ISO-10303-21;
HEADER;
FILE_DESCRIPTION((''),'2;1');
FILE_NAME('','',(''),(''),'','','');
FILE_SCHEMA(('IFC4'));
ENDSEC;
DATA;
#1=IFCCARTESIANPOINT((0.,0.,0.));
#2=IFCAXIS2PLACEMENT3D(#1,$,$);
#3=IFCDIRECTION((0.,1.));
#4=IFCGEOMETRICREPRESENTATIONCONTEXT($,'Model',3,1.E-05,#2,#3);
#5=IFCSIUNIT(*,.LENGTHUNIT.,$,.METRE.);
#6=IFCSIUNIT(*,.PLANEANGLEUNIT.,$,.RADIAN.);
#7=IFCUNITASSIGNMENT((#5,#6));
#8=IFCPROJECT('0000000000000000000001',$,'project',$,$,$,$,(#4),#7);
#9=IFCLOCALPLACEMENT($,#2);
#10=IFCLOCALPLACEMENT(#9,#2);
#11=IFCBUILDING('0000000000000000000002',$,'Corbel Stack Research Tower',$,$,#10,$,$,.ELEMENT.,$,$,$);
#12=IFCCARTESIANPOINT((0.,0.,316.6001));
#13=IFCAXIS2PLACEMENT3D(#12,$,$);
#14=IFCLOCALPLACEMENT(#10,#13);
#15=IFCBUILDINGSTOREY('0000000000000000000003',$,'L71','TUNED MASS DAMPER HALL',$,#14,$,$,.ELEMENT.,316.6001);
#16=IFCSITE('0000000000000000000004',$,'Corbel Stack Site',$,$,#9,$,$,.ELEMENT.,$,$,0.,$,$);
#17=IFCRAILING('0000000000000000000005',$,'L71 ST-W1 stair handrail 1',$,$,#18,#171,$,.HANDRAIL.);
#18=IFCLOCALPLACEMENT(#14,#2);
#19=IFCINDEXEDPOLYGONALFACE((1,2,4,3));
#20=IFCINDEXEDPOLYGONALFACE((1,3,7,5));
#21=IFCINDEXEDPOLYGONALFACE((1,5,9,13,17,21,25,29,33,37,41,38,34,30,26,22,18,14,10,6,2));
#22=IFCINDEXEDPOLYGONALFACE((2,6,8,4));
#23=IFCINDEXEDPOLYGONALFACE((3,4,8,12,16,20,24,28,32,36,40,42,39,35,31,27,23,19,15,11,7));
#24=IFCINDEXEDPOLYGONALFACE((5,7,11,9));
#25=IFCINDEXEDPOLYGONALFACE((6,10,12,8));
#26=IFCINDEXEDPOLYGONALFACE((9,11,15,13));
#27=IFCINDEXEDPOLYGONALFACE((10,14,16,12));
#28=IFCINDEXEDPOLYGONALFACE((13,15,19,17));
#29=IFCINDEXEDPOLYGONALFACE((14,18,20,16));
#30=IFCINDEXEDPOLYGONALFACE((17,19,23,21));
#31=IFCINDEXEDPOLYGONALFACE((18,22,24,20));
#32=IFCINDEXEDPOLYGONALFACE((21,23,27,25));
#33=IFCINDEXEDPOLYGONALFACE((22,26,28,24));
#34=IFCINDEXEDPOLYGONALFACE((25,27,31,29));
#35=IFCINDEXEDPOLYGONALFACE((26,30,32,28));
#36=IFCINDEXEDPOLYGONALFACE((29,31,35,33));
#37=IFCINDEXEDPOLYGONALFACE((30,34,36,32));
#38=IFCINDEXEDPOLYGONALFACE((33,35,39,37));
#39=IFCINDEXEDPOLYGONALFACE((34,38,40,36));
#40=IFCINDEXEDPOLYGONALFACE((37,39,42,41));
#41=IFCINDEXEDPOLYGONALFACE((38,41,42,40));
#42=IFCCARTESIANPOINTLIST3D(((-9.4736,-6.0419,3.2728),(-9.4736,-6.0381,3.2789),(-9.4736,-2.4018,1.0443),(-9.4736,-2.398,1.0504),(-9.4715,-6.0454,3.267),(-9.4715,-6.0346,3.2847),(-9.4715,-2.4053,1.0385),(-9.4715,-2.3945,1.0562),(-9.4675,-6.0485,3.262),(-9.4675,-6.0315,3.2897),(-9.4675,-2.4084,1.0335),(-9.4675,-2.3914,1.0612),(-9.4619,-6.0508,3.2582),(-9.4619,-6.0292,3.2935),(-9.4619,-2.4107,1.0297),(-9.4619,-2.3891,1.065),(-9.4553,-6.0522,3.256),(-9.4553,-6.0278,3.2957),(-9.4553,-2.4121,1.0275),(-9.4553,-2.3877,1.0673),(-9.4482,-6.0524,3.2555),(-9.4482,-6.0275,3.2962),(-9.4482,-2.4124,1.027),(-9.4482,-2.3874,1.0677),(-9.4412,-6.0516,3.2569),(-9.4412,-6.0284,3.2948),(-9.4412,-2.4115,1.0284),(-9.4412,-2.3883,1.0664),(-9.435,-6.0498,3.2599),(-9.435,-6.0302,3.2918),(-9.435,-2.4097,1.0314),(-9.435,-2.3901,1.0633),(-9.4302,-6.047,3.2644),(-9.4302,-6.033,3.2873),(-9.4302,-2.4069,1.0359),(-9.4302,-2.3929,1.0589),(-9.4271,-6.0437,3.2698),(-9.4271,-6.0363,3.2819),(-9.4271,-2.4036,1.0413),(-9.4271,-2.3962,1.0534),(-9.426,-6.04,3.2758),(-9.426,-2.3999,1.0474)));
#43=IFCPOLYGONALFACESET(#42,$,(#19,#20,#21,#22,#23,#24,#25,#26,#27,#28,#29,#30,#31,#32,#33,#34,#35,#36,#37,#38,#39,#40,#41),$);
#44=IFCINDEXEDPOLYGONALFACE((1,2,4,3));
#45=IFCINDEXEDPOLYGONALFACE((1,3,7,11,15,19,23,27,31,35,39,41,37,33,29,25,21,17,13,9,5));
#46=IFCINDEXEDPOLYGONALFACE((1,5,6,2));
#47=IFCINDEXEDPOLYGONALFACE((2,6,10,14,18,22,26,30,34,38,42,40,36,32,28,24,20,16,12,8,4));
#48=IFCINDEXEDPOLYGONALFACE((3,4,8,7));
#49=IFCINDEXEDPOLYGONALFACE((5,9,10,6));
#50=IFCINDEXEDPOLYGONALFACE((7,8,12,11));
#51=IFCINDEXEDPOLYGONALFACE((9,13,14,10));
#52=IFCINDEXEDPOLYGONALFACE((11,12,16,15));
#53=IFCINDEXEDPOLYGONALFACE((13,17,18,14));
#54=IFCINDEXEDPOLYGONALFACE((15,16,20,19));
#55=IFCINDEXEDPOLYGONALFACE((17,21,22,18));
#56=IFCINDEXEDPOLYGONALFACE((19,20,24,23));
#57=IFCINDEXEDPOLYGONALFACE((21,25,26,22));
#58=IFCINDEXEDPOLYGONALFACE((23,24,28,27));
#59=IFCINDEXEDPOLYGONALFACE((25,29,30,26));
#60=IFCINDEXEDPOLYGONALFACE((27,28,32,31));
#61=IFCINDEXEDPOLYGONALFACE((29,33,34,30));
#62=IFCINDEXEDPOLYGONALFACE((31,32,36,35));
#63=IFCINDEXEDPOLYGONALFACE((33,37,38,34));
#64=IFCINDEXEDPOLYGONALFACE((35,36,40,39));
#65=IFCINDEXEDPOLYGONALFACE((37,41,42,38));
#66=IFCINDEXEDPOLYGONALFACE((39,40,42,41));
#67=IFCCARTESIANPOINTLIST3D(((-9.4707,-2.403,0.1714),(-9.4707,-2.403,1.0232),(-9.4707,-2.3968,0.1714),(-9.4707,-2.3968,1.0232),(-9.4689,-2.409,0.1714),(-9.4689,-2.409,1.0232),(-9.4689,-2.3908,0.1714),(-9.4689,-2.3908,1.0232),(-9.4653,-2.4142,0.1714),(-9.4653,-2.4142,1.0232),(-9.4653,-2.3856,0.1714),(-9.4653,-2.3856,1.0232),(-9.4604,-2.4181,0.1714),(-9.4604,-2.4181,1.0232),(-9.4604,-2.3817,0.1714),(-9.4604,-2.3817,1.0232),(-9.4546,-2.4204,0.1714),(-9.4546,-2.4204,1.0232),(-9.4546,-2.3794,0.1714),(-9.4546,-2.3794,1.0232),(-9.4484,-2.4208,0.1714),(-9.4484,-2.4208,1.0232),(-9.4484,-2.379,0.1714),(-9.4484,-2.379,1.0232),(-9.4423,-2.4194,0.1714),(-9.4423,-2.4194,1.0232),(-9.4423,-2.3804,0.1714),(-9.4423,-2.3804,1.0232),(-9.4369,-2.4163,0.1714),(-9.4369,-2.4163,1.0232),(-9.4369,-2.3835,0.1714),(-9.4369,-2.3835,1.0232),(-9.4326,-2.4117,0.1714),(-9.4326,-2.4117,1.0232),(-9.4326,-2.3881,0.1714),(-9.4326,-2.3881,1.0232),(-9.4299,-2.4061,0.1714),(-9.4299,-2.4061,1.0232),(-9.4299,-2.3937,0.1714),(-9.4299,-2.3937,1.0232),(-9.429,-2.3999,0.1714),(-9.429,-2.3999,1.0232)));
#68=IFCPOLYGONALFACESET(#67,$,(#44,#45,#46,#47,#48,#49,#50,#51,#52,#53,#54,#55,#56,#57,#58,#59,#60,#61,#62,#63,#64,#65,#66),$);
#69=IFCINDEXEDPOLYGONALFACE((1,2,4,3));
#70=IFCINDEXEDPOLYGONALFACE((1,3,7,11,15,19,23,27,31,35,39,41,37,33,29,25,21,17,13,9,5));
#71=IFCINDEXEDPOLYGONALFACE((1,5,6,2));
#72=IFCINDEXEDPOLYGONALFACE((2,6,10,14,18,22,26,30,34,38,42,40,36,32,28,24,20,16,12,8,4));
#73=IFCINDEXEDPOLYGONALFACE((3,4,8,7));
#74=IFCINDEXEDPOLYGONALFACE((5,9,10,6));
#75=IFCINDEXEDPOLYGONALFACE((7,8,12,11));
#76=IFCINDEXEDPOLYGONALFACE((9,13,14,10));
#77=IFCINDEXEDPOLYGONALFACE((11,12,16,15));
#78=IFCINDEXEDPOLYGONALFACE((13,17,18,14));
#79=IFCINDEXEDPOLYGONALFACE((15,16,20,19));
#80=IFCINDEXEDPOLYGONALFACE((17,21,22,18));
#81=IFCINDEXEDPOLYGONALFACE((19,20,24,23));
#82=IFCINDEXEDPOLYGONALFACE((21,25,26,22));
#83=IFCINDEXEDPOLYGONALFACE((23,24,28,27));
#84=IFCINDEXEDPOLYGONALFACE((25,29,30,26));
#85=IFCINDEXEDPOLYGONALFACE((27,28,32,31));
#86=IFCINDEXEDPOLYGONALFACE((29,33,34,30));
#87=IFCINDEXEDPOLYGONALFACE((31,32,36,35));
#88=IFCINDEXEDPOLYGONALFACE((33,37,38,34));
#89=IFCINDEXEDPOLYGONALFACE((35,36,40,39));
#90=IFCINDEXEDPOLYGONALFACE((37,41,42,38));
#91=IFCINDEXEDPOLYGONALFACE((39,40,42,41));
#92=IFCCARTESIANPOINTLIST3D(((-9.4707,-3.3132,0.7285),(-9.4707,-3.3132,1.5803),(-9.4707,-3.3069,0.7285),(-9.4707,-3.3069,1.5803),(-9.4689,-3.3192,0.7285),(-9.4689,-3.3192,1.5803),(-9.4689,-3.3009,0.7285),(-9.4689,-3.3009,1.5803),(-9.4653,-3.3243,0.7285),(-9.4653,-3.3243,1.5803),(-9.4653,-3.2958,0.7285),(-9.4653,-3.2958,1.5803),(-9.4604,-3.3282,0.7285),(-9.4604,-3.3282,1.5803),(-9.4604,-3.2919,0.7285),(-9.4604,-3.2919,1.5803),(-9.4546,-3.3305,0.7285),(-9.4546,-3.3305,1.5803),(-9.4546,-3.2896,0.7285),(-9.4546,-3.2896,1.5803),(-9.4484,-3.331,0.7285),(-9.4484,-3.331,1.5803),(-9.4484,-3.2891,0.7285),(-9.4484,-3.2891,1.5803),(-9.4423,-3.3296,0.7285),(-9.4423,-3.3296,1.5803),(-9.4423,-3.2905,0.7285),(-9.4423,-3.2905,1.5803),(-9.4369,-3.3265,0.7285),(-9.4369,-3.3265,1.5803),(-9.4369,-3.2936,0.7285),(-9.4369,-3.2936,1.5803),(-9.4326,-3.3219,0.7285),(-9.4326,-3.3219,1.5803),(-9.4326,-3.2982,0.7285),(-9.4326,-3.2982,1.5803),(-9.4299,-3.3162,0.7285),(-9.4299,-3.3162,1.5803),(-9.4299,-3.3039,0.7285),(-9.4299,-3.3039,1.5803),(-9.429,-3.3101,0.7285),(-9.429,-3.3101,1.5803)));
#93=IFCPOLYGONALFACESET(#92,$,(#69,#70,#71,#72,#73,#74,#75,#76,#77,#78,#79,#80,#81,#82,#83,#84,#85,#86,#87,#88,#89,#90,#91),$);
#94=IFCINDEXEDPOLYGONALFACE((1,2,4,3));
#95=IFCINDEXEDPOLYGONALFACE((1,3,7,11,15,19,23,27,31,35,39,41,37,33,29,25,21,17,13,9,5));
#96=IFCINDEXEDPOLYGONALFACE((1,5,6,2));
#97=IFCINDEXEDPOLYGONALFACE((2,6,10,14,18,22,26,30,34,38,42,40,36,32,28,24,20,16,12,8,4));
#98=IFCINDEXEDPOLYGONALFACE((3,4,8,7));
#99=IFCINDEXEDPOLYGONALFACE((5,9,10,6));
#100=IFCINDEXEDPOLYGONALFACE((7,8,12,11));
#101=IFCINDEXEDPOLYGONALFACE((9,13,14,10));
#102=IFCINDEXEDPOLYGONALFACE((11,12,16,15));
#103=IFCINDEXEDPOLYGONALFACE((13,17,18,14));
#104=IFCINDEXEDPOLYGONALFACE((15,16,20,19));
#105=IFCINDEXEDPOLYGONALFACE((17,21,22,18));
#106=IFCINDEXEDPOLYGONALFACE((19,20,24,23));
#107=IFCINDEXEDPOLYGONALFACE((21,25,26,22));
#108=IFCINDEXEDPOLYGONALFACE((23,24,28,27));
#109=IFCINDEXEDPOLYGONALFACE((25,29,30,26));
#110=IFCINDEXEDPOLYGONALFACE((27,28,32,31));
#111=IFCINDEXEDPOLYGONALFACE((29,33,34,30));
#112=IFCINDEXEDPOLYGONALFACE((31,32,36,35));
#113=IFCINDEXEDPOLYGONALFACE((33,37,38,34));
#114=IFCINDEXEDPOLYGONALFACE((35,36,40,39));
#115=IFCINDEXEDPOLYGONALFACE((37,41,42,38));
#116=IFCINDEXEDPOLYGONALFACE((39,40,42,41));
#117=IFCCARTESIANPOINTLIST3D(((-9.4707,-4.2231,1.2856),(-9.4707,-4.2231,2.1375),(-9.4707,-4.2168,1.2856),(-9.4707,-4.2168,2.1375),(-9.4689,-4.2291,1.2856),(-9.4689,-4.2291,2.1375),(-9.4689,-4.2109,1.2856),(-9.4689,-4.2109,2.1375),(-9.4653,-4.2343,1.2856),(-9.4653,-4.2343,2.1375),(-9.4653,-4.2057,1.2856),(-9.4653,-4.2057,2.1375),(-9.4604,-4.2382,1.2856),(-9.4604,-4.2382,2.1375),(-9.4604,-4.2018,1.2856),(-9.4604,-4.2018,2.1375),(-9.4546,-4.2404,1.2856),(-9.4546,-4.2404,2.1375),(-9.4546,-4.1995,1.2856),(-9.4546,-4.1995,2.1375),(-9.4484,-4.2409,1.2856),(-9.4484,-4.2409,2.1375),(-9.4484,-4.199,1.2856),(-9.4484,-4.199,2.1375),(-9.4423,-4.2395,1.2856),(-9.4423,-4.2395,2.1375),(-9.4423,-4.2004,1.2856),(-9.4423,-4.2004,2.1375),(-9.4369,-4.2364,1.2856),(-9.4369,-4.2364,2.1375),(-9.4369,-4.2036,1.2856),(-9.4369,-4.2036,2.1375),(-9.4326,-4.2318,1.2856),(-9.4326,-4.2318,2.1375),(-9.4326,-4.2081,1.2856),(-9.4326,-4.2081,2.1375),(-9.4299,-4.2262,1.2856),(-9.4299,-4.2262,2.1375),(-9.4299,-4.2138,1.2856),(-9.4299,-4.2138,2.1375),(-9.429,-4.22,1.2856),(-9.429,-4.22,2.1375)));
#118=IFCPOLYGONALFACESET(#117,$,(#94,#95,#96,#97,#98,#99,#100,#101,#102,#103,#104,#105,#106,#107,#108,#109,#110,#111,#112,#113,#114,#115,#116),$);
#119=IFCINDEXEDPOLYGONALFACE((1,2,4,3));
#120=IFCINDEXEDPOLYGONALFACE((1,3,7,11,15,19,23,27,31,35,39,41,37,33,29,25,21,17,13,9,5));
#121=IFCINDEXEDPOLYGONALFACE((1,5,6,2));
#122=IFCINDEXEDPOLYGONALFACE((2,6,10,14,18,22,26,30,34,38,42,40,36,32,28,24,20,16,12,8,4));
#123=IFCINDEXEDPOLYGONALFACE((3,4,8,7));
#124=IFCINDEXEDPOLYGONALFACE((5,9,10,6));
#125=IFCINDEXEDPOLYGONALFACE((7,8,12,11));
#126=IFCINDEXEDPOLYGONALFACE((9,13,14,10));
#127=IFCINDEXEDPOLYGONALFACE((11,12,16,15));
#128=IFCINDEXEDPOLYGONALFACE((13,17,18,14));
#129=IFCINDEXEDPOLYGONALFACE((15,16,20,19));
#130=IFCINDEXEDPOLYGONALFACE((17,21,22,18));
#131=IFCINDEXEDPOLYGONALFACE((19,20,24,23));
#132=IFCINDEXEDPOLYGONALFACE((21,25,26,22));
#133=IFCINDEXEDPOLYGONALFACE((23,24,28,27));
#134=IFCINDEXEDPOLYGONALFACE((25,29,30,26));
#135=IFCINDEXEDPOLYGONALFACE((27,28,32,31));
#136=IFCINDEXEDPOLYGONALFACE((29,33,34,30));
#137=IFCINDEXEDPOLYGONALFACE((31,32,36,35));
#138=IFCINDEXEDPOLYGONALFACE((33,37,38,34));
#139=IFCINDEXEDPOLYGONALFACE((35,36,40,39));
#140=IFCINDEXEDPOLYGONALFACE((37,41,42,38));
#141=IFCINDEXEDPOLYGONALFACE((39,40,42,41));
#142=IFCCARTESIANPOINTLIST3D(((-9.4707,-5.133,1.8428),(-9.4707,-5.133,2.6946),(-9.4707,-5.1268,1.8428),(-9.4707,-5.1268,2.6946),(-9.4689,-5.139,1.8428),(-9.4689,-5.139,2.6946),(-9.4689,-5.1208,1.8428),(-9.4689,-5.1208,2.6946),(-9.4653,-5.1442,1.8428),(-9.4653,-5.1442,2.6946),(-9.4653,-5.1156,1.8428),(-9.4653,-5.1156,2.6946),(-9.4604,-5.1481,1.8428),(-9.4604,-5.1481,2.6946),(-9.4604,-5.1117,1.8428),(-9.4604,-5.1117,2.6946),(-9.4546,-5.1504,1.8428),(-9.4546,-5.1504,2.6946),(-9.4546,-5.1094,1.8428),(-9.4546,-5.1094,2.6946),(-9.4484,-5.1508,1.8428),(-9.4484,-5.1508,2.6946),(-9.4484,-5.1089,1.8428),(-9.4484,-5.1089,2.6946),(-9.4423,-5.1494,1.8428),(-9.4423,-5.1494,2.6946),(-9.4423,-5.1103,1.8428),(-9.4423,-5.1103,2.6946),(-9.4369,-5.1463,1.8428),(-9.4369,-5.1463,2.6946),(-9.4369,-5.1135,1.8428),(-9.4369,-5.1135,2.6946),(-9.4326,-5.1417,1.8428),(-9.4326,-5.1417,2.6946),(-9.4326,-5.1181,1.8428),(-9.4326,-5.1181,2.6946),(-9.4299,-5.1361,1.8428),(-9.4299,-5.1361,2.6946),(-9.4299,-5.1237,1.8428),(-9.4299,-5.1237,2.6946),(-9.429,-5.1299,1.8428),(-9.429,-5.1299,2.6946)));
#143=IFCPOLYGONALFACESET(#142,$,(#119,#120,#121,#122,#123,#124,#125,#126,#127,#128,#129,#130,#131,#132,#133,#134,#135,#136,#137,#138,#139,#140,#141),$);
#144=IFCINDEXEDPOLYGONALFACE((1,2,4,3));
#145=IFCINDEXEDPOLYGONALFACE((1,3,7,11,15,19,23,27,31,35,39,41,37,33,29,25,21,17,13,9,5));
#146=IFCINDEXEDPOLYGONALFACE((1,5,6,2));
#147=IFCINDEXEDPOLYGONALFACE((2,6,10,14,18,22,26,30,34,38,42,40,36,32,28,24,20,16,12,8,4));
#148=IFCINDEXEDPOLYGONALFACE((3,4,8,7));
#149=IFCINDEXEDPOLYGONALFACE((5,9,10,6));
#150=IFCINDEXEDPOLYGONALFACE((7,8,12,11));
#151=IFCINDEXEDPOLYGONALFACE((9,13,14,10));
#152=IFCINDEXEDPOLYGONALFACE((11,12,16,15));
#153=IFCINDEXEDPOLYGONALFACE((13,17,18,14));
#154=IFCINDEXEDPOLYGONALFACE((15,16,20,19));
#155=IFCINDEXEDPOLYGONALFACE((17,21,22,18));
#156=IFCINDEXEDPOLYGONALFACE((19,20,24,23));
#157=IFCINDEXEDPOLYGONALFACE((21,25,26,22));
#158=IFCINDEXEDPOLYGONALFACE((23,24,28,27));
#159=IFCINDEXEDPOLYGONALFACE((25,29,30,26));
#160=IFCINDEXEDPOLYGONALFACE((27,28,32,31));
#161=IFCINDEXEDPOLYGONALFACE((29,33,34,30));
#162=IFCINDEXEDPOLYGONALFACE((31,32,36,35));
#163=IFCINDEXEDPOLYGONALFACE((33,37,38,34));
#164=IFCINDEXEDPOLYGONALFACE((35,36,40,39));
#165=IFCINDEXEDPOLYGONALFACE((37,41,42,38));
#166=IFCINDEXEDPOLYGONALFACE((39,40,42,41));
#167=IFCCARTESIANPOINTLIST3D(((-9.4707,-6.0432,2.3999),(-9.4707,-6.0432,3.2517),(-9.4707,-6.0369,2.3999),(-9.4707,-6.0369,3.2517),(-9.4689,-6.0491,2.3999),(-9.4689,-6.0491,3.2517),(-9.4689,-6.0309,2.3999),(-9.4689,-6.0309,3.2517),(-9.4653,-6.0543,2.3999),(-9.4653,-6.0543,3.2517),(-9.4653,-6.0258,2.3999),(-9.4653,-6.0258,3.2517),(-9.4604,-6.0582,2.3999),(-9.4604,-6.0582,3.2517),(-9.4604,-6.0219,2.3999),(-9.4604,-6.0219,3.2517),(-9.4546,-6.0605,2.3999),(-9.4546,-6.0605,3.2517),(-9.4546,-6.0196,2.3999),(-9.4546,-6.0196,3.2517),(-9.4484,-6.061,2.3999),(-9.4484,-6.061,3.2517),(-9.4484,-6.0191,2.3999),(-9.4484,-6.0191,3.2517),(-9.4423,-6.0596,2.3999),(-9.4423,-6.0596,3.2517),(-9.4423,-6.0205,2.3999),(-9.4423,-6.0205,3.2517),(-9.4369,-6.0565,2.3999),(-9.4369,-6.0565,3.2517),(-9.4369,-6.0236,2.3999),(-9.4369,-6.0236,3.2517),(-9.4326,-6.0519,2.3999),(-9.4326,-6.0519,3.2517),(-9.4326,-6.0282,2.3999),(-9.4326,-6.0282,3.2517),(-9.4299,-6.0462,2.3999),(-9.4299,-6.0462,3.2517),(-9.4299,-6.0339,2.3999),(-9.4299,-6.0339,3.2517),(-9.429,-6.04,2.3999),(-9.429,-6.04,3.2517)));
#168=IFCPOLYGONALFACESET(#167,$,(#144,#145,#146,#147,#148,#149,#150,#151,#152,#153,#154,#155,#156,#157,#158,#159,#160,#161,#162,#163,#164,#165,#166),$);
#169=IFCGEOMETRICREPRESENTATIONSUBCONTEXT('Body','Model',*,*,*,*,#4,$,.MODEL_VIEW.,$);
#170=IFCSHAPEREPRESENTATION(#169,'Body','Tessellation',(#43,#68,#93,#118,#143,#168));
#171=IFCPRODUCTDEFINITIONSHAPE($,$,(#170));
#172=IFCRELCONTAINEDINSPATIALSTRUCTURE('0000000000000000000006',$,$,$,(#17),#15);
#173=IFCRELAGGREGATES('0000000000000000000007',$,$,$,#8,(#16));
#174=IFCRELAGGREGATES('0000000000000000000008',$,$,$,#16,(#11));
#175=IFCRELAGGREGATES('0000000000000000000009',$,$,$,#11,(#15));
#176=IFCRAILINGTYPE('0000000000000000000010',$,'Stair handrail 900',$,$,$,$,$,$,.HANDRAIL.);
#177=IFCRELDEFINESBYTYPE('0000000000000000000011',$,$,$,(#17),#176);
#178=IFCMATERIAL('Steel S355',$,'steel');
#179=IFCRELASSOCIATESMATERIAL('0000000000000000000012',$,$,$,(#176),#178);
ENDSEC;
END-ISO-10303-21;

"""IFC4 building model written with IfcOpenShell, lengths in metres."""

from ifc_helpers import new_model, si_unit, direction, frame, origin, origin_2d, place, context, subcontext, project, spatial, circle, extrude, material, type_object, element, save


model = new_model("IFC4")

# Units and contexts
model_context = context("Model", 3, precision=1e-05, world=origin(), true_north=direction((0.0, 1.0)))
body_context = subcontext(model_context, "Body", "Model", "MODEL_VIEW")
ifc_project = project(units=[si_unit("LENGTHUNIT", "METRE"), si_unit("PLANEANGLEUNIT", "RADIAN")], contexts=[model_context])

# Site, building, storey
site_placement = place(None, origin())
site = spatial("IfcSite", under=ifc_project, at=site_placement, Name="Corbel Stack Site", CompositionType="ELEMENT", RefElevation=0.0)
building_placement = place(site_placement, origin())
building = spatial("IfcBuilding", under=site, at=building_placement, Name="Corbel Stack Research Tower", CompositionType="ELEMENT")
storey_placement = place(building_placement, frame((0.0, 0.0, 316.6001)))
storey = spatial("IfcBuildingStorey", under=building, at=storey_placement, Name="L71", Description="TUNED MASS DAMPER HALL", CompositionType="ELEMENT", Elevation=316.6001)

# Railing
ifc_material_1 = material(Name="Steel S355", Category="steel")
railing_type_1 = type_object("IfcRailingType", Name="Stair handrail 900", PredefinedType="HANDRAIL", material=ifc_material_1)
railing_1_placement = place(storey_placement, frame((-9.45, -2.3999, 0.1714)))
element("IfcRailing", 1, at=railing_1_placement, inside=storey, type_object=railing_type_1, Name="L71 ST-W1 stair handrail 1", PredefinedType="HANDRAIL", context=body_context, shape_type="SweptSolid", body=[
    extrude(circle(Radius=0.0239, at=origin_2d()), frame((0.0, 0.0, 0.876), z_axis=(0.0, -0.852866, 0.52213), x_axis=(1.0, 0.0, 0.0)), (0.0, 0.0, 1.0), 4.2681),
    extrude(circle(Radius=0.021, at=origin_2d()), origin(), (0.0, 0.0, 1.0), 0.8518),
    extrude(circle(Radius=0.021, at=origin_2d()), frame((0.0, -0.9102, 0.5571)), (0.0, 0.0, 1.0), 0.8518),
    extrude(circle(Radius=0.021, at=origin_2d()), frame((0.0, -1.8201, 1.1143)), (0.0, 0.0, 1.0), 0.8518),
    extrude(circle(Radius=0.021, at=origin_2d()), frame((0.0, -2.73, 1.6714)), (0.0, 0.0, 1.0), 0.8518),
    extrude(circle(Radius=0.021, at=origin_2d()), frame((0.0, -3.6401, 2.2285)), (0.0, 0.0, 1.0), 0.8518),
])

save(model, "model.ifc")
